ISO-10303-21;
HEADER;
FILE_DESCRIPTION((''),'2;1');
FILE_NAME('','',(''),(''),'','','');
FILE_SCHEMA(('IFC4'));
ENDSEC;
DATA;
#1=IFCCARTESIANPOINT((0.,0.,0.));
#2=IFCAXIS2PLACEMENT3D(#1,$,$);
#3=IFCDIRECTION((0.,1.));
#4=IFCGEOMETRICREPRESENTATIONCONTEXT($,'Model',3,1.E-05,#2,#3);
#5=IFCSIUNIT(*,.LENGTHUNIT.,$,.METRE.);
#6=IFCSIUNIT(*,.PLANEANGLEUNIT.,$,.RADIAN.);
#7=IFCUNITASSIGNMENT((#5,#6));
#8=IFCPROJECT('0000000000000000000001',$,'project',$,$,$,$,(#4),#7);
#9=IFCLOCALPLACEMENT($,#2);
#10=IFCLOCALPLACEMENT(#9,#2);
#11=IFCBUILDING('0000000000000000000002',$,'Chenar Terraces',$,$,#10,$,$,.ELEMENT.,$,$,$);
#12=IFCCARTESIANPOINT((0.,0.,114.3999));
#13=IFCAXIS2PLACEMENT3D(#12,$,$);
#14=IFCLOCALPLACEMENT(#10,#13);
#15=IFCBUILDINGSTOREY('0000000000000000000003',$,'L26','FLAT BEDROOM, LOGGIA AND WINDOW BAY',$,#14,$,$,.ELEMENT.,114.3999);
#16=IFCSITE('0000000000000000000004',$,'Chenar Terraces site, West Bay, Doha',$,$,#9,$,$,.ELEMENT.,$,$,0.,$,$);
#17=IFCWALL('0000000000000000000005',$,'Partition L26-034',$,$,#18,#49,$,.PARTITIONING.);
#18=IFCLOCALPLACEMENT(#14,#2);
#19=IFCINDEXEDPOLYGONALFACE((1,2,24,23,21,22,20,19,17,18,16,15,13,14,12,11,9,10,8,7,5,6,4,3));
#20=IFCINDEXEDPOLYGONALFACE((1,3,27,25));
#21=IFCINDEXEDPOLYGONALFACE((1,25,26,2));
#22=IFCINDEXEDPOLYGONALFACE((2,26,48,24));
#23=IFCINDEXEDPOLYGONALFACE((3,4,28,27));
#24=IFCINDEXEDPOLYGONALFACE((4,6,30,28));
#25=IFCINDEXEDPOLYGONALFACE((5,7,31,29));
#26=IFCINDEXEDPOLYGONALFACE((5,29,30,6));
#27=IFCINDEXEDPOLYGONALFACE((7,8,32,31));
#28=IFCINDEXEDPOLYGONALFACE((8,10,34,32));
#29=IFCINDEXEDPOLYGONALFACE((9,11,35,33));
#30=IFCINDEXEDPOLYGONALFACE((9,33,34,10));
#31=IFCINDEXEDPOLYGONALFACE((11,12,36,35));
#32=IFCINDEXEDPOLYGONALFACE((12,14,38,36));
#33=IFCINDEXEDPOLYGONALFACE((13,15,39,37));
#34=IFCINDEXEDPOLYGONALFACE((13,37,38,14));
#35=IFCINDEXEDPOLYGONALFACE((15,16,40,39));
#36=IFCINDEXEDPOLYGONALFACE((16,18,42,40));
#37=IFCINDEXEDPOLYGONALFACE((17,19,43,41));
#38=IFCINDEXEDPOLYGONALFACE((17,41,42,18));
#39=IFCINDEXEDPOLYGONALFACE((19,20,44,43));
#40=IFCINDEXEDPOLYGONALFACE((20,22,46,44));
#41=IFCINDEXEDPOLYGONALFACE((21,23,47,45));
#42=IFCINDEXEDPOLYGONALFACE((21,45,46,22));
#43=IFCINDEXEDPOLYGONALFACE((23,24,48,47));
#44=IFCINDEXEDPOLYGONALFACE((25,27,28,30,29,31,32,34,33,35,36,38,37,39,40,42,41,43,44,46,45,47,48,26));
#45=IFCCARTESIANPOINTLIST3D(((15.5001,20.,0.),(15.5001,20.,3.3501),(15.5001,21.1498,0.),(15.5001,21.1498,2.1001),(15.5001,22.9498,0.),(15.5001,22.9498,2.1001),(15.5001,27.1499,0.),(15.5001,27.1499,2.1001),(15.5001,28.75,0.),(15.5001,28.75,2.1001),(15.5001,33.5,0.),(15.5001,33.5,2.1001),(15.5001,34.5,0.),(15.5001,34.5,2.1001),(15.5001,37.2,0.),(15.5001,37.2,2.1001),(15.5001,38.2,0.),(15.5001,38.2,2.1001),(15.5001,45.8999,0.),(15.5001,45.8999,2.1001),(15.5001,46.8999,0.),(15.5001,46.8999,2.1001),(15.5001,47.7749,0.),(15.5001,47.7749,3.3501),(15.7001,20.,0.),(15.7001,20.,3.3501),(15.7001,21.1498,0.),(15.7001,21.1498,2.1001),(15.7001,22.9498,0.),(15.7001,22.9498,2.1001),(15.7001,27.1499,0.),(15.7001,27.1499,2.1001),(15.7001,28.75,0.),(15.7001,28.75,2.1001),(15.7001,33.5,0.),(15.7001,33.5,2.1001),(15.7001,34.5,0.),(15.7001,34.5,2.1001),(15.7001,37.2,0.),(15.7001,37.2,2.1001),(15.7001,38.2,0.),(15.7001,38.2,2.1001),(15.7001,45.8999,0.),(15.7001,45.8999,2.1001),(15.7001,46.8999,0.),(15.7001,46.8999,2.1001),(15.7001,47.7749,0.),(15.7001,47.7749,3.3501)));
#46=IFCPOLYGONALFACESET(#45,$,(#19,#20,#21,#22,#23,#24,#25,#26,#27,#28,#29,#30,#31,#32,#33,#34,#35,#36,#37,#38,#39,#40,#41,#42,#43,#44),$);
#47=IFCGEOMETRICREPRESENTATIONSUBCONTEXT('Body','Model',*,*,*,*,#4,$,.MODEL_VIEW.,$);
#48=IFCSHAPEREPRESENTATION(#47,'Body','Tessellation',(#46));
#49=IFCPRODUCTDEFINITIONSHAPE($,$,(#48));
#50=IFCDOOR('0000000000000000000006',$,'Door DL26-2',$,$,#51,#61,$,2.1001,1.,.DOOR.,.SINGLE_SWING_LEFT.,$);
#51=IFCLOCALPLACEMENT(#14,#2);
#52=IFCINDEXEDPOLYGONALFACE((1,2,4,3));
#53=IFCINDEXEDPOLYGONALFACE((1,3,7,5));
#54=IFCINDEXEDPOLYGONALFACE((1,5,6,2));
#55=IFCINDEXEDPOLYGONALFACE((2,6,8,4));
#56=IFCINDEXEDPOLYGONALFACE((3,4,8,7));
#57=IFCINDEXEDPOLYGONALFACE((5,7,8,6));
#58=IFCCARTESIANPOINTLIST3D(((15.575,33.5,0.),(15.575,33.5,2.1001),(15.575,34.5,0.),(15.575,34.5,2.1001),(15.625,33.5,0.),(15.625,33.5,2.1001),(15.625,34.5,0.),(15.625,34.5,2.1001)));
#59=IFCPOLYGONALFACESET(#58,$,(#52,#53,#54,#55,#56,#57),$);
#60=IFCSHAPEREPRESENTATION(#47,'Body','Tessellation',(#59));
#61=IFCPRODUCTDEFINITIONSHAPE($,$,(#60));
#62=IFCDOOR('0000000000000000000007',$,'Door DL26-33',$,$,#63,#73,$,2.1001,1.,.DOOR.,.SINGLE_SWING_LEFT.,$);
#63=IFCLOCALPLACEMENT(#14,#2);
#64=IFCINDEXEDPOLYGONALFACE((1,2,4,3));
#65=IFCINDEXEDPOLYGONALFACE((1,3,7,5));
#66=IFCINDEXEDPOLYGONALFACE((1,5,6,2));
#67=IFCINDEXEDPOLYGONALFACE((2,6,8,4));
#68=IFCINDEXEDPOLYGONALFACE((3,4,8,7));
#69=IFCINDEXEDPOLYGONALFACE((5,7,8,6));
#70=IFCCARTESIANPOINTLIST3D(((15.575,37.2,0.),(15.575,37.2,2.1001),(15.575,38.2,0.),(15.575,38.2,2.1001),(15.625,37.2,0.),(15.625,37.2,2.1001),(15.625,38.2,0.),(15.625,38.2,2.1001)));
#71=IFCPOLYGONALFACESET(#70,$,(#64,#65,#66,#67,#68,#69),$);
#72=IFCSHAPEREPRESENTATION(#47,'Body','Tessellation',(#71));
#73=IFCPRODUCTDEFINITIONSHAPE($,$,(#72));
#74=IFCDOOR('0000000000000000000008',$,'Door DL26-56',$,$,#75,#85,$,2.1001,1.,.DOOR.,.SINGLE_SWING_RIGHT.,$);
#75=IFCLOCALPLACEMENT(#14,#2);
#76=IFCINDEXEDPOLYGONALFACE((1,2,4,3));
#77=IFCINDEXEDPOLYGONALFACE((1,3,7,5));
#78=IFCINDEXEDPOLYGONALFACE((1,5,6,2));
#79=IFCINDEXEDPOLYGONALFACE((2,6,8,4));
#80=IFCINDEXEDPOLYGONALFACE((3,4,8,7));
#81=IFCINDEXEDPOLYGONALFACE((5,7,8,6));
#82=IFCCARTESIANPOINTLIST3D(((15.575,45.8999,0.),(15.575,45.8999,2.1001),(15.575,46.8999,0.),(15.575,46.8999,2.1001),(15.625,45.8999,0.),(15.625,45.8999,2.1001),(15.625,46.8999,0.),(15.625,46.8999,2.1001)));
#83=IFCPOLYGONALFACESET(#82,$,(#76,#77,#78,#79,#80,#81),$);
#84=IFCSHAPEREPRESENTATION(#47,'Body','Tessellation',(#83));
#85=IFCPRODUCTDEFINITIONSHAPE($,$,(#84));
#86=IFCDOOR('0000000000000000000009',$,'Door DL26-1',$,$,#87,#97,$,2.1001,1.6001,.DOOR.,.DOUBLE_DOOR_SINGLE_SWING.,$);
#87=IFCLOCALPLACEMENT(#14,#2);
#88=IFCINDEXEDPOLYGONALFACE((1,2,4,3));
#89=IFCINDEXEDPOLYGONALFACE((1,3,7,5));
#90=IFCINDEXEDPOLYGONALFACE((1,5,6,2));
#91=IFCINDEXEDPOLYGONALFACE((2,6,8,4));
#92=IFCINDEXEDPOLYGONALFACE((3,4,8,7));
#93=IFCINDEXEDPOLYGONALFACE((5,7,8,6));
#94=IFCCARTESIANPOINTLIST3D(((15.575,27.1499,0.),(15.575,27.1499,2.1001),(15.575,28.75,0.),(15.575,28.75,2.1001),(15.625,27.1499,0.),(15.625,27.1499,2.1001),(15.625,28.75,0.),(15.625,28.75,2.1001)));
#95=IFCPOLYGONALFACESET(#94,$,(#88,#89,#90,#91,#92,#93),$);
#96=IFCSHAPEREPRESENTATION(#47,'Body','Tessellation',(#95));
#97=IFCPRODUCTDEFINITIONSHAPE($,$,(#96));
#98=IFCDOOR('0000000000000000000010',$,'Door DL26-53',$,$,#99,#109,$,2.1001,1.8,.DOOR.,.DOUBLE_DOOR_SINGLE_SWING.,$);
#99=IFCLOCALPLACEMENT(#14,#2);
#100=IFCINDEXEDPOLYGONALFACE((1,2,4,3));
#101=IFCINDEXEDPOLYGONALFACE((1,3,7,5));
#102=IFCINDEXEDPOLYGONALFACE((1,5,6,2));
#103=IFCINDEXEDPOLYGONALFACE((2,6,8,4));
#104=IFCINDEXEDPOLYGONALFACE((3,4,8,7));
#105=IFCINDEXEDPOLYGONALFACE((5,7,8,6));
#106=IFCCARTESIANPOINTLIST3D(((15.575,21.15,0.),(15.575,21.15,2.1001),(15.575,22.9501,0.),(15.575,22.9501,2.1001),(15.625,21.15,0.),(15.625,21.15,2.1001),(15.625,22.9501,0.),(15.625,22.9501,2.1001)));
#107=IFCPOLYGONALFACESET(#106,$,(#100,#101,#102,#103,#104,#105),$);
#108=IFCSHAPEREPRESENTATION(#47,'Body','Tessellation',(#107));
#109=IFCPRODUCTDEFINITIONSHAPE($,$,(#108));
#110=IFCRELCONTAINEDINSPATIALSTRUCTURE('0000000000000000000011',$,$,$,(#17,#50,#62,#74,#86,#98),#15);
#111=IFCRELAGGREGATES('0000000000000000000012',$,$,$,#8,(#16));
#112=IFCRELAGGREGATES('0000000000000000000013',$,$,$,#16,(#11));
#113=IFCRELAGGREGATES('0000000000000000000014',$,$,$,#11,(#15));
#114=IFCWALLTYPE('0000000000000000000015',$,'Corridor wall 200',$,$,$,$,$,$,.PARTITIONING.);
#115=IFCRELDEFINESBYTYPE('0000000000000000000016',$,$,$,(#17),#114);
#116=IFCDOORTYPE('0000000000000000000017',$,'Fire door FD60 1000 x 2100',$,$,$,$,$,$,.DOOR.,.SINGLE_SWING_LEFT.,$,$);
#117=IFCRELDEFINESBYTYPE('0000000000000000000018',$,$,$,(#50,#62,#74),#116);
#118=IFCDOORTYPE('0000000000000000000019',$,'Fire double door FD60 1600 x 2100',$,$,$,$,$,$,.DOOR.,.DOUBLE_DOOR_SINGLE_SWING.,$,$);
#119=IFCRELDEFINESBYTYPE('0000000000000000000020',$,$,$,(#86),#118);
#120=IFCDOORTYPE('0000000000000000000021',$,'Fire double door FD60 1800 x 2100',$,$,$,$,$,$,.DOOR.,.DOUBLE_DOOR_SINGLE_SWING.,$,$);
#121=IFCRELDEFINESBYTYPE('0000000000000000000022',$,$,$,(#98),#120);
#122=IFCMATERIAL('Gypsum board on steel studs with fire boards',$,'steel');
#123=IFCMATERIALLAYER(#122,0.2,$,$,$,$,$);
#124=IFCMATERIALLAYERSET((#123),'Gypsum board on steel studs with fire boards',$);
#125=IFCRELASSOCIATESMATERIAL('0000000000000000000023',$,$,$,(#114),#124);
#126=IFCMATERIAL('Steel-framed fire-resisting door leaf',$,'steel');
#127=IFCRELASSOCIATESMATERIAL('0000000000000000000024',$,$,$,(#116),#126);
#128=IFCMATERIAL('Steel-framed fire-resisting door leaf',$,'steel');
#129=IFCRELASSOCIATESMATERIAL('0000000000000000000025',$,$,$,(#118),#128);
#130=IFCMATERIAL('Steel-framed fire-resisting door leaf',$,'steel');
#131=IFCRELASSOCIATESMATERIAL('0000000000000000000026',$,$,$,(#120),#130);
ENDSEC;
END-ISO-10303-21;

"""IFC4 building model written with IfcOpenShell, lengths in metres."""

from ifc_helpers import new_model, si_unit, direction, frame, frame_2d, origin, place, context, subcontext, project, spatial, rectangle, extrude, material, layer, layer_set, type_object, element, fill, save


model = new_model("IFC4")

# Units and contexts
model_context = context("Model", 3, precision=1e-05, world=origin(), true_north=direction((0.0, 1.0)))
body_context = subcontext(model_context, "Body", "Model", "MODEL_VIEW")
ifc_project = project(units=[si_unit("LENGTHUNIT", "METRE"), si_unit("PLANEANGLEUNIT", "RADIAN")], contexts=[model_context])

# Site, building, storey
site_placement = place(None, origin())
site = spatial("IfcSite", under=ifc_project, at=site_placement, Name="Chenar Terraces site, West Bay, Doha", CompositionType="ELEMENT", RefElevation=0.0)
building_placement = place(site_placement, origin())
building = spatial("IfcBuilding", under=site, at=building_placement, Name="Chenar Terraces", CompositionType="ELEMENT")
storey_placement = place(building_placement, frame((0.0, 0.0, 114.3999)))
storey = spatial("IfcBuildingStorey", under=building, at=storey_placement, Name="L26", Description="FLAT BEDROOM, LOGGIA AND WINDOW BAY", CompositionType="ELEMENT", Elevation=114.3999)

# Wall, openings, doors
ifc_material_1 = material(Name="Gypsum board on steel studs with fire boards", Category="steel")
ifc_layer_1 = layer(ifc_material_1, 0.2)
ifc_layer_set_1 = layer_set([ifc_layer_1], Name="Gypsum board on steel studs with fire boards")
wall_type_1 = type_object("IfcWallType", Name="Corridor wall 200", PredefinedType="PARTITIONING", material=ifc_layer_set_1)
wall_1_placement = place(storey_placement, frame((15.6001, 20.0, 0.0), z_axis=(0.0, 0.0, 1.0), x_axis=(0.0, 1.0, 0.0)))
wall_1 = element("IfcWall", 1, at=wall_1_placement, inside=storey, type_object=wall_type_1, Name="Partition L26-034", PredefinedType="PARTITIONING", context=body_context, shape_type="SweptSolid", body=[
    extrude(rectangle(XDim=27.7749, YDim=0.2, at=frame_2d((13.8875, 0.0))), origin(), (0.0, 0.0, 1.0), 3.3501),
])
opening_1_placement = place(wall_1_placement, frame((7.1499, 0.0, 0.0)))
opening_1 = element("IfcOpeningElement", 2, at=opening_1_placement, cuts=wall_1, PredefinedType="OPENING", context=body_context, shape_type="SweptSolid", body=[
    extrude(rectangle(XDim=1.6001, YDim=2.1001, at=frame_2d((0.8, 1.05))), frame((0.0, 0.1099, 0.0), z_axis=(0.0, -1.0, 0.0), x_axis=(1.0, 0.0, 0.0)), (0.0, 0.0, 1.0), 0.22),
])
opening_2_placement = place(wall_1_placement, frame((13.5, 0.0, 0.0)))
opening_2 = element("IfcOpeningElement", 3, at=opening_2_placement, cuts=wall_1, PredefinedType="OPENING", context=body_context, shape_type="SweptSolid", body=[
    extrude(rectangle(XDim=1.0, YDim=2.1001, at=frame_2d((0.5, 1.05))), frame((0.0, 0.1099, 0.0), z_axis=(0.0, -1.0, 0.0), x_axis=(1.0, 0.0, 0.0)), (0.0, 0.0, 1.0), 0.22),
])
opening_3_placement = place(wall_1_placement, frame((17.2, 0.0, 0.0)))
opening_3 = element("IfcOpeningElement", 4, at=opening_3_placement, cuts=wall_1, PredefinedType="OPENING", context=body_context, shape_type="SweptSolid", body=[
    extrude(rectangle(XDim=1.0, YDim=2.1001, at=frame_2d((0.5, 1.05))), frame((0.0, 0.1099, 0.0), z_axis=(0.0, -1.0, 0.0), x_axis=(1.0, 0.0, 0.0)), (0.0, 0.0, 1.0), 0.22),
])
opening_4_placement = place(wall_1_placement, frame((1.1499, 0.0, 0.0)))
opening_4 = element("IfcOpeningElement", 5, at=opening_4_placement, cuts=wall_1, PredefinedType="OPENING", context=body_context, shape_type="SweptSolid", body=[
    extrude(rectangle(XDim=1.8, YDim=2.1001, at=frame_2d((0.8999, 1.05))), frame((0.0, 0.1099, 0.0), z_axis=(0.0, -1.0, 0.0), x_axis=(1.0, 0.0, 0.0)), (0.0, 0.0, 1.0), 0.22),
])
opening_5_placement = place(wall_1_placement, frame((25.8999, 0.0, 0.0)))
opening_5 = element("IfcOpeningElement", 6, at=opening_5_placement, cuts=wall_1, PredefinedType="OPENING", context=body_context, shape_type="SweptSolid", body=[
    extrude(rectangle(XDim=1.0, YDim=2.1001, at=frame_2d((0.5, 1.05))), frame((0.0, 0.1099, 0.0), z_axis=(0.0, -1.0, 0.0), x_axis=(1.0, 0.0, 0.0)), (0.0, 0.0, 1.0), 0.22),
])
ifc_material_2 = material(Name="Steel-framed fire-resisting door leaf", Category="steel")
door_type_1 = type_object("IfcDoorType", Name="Fire door FD60 1000 x 2100", OperationType="SINGLE_SWING_LEFT", PredefinedType="DOOR", material=ifc_material_2)
door_1_placement = place(opening_2_placement, frame((1.0, 0.0, 0.0), z_axis=(0.0, 0.0, 1.0), x_axis=(-1.0, 0.0, 0.0)))
door_1 = element("IfcDoor", 7, at=door_1_placement, inside=storey, type_object=door_type_1, Name="Door DL26-2", OperationType="SINGLE_SWING_LEFT", OverallHeight=2.1001, OverallWidth=1.0, PredefinedType="DOOR", context=body_context, shape_type="SweptSolid", body=[
    extrude(rectangle(XDim=1.0, YDim=2.1001, at=frame_2d((0.5, 1.05))), frame((0.0, 0.0249, 0.0), z_axis=(0.0, -1.0, 0.0), x_axis=(1.0, 0.0, 0.0)), (0.0, 0.0, 1.0), 0.05),
])
fill(opening_2, door_1)
door_2_placement = place(opening_3_placement, frame((1.0, 0.0, 0.0), z_axis=(0.0, 0.0, 1.0), x_axis=(-1.0, 0.0, 0.0)))
door_2 = element("IfcDoor", 8, at=door_2_placement, inside=storey, type_object=door_type_1, Name="Door DL26-33", OperationType="SINGLE_SWING_LEFT", OverallHeight=2.1001, OverallWidth=1.0, PredefinedType="DOOR", context=body_context, shape_type="SweptSolid", body=[
    extrude(rectangle(XDim=1.0, YDim=2.1001, at=frame_2d((0.5, 1.05))), frame((0.0, 0.0249, 0.0), z_axis=(0.0, -1.0, 0.0), x_axis=(1.0, 0.0, 0.0)), (0.0, 0.0, 1.0), 0.05),
])
fill(opening_3, door_2)
door_3_placement = place(opening_5_placement, frame((1.0, 0.0, 0.0), z_axis=(0.0, 0.0, 1.0), x_axis=(-1.0, 0.0, 0.0)))
door_3 = element("IfcDoor", 9, at=door_3_placement, inside=storey, type_object=door_type_1, Name="Door DL26-56", OperationType="SINGLE_SWING_RIGHT", OverallHeight=2.1001, OverallWidth=1.0, PredefinedType="DOOR", context=body_context, shape_type="SweptSolid", body=[
    extrude(rectangle(XDim=1.0, YDim=2.1001, at=frame_2d((0.5, 1.05))), frame((0.0, 0.0249, 0.0), z_axis=(0.0, -1.0, 0.0), x_axis=(1.0, 0.0, 0.0)), (0.0, 0.0, 1.0), 0.05),
])
fill(opening_5, door_3)
ifc_material_3 = material(Name="Steel-framed fire-resisting door leaf", Category="steel")
door_type_2 = type_object("IfcDoorType", Name="Fire double door FD60 1600 x 2100", OperationType="DOUBLE_DOOR_SINGLE_SWING", PredefinedType="DOOR", material=ifc_material_3)
door_4_placement = place(opening_1_placement, frame((1.6001, 0.0, 0.0), z_axis=(0.0, 0.0, 1.0), x_axis=(-1.0, 0.0, 0.0)))
door_4 = element("IfcDoor", 10, at=door_4_placement, inside=storey, type_object=door_type_2, Name="Door DL26-1", OperationType="DOUBLE_DOOR_SINGLE_SWING", OverallHeight=2.1001, OverallWidth=1.6001, PredefinedType="DOOR", context=body_context, shape_type="SweptSolid", body=[
    extrude(rectangle(XDim=1.6001, YDim=2.1001, at=frame_2d((0.8, 1.05))), frame((0.0, 0.0249, 0.0), z_axis=(0.0, -1.0, 0.0), x_axis=(1.0, 0.0, 0.0)), (0.0, 0.0, 1.0), 0.05),
])
fill(opening_1, door_4)
ifc_material_4 = material(Name="Steel-framed fire-resisting door leaf", Category="steel")
door_type_3 = type_object("IfcDoorType", Name="Fire double door FD60 1800 x 2100", OperationType="DOUBLE_DOOR_SINGLE_SWING", PredefinedType="DOOR", material=ifc_material_4)
door_5_placement = place(opening_4_placement, frame((1.8, 0.0, 0.0), z_axis=(0.0, 0.0, 1.0), x_axis=(-1.0, 0.0, 0.0)))
door_5 = element("IfcDoor", 11, at=door_5_placement, inside=storey, type_object=door_type_3, Name="Door DL26-53", OperationType="DOUBLE_DOOR_SINGLE_SWING", OverallHeight=2.1001, OverallWidth=1.8, PredefinedType="DOOR", context=body_context, shape_type="SweptSolid", body=[
    extrude(rectangle(XDim=1.8, YDim=2.1001, at=frame_2d((0.8999, 1.05))), frame((0.0, 0.0249, 0.0), z_axis=(0.0, -1.0, 0.0), x_axis=(1.0, 0.0, 0.0)), (0.0, 0.0, 1.0), 0.05),
])
fill(opening_4, door_5)

save(model, "model.ifc")
